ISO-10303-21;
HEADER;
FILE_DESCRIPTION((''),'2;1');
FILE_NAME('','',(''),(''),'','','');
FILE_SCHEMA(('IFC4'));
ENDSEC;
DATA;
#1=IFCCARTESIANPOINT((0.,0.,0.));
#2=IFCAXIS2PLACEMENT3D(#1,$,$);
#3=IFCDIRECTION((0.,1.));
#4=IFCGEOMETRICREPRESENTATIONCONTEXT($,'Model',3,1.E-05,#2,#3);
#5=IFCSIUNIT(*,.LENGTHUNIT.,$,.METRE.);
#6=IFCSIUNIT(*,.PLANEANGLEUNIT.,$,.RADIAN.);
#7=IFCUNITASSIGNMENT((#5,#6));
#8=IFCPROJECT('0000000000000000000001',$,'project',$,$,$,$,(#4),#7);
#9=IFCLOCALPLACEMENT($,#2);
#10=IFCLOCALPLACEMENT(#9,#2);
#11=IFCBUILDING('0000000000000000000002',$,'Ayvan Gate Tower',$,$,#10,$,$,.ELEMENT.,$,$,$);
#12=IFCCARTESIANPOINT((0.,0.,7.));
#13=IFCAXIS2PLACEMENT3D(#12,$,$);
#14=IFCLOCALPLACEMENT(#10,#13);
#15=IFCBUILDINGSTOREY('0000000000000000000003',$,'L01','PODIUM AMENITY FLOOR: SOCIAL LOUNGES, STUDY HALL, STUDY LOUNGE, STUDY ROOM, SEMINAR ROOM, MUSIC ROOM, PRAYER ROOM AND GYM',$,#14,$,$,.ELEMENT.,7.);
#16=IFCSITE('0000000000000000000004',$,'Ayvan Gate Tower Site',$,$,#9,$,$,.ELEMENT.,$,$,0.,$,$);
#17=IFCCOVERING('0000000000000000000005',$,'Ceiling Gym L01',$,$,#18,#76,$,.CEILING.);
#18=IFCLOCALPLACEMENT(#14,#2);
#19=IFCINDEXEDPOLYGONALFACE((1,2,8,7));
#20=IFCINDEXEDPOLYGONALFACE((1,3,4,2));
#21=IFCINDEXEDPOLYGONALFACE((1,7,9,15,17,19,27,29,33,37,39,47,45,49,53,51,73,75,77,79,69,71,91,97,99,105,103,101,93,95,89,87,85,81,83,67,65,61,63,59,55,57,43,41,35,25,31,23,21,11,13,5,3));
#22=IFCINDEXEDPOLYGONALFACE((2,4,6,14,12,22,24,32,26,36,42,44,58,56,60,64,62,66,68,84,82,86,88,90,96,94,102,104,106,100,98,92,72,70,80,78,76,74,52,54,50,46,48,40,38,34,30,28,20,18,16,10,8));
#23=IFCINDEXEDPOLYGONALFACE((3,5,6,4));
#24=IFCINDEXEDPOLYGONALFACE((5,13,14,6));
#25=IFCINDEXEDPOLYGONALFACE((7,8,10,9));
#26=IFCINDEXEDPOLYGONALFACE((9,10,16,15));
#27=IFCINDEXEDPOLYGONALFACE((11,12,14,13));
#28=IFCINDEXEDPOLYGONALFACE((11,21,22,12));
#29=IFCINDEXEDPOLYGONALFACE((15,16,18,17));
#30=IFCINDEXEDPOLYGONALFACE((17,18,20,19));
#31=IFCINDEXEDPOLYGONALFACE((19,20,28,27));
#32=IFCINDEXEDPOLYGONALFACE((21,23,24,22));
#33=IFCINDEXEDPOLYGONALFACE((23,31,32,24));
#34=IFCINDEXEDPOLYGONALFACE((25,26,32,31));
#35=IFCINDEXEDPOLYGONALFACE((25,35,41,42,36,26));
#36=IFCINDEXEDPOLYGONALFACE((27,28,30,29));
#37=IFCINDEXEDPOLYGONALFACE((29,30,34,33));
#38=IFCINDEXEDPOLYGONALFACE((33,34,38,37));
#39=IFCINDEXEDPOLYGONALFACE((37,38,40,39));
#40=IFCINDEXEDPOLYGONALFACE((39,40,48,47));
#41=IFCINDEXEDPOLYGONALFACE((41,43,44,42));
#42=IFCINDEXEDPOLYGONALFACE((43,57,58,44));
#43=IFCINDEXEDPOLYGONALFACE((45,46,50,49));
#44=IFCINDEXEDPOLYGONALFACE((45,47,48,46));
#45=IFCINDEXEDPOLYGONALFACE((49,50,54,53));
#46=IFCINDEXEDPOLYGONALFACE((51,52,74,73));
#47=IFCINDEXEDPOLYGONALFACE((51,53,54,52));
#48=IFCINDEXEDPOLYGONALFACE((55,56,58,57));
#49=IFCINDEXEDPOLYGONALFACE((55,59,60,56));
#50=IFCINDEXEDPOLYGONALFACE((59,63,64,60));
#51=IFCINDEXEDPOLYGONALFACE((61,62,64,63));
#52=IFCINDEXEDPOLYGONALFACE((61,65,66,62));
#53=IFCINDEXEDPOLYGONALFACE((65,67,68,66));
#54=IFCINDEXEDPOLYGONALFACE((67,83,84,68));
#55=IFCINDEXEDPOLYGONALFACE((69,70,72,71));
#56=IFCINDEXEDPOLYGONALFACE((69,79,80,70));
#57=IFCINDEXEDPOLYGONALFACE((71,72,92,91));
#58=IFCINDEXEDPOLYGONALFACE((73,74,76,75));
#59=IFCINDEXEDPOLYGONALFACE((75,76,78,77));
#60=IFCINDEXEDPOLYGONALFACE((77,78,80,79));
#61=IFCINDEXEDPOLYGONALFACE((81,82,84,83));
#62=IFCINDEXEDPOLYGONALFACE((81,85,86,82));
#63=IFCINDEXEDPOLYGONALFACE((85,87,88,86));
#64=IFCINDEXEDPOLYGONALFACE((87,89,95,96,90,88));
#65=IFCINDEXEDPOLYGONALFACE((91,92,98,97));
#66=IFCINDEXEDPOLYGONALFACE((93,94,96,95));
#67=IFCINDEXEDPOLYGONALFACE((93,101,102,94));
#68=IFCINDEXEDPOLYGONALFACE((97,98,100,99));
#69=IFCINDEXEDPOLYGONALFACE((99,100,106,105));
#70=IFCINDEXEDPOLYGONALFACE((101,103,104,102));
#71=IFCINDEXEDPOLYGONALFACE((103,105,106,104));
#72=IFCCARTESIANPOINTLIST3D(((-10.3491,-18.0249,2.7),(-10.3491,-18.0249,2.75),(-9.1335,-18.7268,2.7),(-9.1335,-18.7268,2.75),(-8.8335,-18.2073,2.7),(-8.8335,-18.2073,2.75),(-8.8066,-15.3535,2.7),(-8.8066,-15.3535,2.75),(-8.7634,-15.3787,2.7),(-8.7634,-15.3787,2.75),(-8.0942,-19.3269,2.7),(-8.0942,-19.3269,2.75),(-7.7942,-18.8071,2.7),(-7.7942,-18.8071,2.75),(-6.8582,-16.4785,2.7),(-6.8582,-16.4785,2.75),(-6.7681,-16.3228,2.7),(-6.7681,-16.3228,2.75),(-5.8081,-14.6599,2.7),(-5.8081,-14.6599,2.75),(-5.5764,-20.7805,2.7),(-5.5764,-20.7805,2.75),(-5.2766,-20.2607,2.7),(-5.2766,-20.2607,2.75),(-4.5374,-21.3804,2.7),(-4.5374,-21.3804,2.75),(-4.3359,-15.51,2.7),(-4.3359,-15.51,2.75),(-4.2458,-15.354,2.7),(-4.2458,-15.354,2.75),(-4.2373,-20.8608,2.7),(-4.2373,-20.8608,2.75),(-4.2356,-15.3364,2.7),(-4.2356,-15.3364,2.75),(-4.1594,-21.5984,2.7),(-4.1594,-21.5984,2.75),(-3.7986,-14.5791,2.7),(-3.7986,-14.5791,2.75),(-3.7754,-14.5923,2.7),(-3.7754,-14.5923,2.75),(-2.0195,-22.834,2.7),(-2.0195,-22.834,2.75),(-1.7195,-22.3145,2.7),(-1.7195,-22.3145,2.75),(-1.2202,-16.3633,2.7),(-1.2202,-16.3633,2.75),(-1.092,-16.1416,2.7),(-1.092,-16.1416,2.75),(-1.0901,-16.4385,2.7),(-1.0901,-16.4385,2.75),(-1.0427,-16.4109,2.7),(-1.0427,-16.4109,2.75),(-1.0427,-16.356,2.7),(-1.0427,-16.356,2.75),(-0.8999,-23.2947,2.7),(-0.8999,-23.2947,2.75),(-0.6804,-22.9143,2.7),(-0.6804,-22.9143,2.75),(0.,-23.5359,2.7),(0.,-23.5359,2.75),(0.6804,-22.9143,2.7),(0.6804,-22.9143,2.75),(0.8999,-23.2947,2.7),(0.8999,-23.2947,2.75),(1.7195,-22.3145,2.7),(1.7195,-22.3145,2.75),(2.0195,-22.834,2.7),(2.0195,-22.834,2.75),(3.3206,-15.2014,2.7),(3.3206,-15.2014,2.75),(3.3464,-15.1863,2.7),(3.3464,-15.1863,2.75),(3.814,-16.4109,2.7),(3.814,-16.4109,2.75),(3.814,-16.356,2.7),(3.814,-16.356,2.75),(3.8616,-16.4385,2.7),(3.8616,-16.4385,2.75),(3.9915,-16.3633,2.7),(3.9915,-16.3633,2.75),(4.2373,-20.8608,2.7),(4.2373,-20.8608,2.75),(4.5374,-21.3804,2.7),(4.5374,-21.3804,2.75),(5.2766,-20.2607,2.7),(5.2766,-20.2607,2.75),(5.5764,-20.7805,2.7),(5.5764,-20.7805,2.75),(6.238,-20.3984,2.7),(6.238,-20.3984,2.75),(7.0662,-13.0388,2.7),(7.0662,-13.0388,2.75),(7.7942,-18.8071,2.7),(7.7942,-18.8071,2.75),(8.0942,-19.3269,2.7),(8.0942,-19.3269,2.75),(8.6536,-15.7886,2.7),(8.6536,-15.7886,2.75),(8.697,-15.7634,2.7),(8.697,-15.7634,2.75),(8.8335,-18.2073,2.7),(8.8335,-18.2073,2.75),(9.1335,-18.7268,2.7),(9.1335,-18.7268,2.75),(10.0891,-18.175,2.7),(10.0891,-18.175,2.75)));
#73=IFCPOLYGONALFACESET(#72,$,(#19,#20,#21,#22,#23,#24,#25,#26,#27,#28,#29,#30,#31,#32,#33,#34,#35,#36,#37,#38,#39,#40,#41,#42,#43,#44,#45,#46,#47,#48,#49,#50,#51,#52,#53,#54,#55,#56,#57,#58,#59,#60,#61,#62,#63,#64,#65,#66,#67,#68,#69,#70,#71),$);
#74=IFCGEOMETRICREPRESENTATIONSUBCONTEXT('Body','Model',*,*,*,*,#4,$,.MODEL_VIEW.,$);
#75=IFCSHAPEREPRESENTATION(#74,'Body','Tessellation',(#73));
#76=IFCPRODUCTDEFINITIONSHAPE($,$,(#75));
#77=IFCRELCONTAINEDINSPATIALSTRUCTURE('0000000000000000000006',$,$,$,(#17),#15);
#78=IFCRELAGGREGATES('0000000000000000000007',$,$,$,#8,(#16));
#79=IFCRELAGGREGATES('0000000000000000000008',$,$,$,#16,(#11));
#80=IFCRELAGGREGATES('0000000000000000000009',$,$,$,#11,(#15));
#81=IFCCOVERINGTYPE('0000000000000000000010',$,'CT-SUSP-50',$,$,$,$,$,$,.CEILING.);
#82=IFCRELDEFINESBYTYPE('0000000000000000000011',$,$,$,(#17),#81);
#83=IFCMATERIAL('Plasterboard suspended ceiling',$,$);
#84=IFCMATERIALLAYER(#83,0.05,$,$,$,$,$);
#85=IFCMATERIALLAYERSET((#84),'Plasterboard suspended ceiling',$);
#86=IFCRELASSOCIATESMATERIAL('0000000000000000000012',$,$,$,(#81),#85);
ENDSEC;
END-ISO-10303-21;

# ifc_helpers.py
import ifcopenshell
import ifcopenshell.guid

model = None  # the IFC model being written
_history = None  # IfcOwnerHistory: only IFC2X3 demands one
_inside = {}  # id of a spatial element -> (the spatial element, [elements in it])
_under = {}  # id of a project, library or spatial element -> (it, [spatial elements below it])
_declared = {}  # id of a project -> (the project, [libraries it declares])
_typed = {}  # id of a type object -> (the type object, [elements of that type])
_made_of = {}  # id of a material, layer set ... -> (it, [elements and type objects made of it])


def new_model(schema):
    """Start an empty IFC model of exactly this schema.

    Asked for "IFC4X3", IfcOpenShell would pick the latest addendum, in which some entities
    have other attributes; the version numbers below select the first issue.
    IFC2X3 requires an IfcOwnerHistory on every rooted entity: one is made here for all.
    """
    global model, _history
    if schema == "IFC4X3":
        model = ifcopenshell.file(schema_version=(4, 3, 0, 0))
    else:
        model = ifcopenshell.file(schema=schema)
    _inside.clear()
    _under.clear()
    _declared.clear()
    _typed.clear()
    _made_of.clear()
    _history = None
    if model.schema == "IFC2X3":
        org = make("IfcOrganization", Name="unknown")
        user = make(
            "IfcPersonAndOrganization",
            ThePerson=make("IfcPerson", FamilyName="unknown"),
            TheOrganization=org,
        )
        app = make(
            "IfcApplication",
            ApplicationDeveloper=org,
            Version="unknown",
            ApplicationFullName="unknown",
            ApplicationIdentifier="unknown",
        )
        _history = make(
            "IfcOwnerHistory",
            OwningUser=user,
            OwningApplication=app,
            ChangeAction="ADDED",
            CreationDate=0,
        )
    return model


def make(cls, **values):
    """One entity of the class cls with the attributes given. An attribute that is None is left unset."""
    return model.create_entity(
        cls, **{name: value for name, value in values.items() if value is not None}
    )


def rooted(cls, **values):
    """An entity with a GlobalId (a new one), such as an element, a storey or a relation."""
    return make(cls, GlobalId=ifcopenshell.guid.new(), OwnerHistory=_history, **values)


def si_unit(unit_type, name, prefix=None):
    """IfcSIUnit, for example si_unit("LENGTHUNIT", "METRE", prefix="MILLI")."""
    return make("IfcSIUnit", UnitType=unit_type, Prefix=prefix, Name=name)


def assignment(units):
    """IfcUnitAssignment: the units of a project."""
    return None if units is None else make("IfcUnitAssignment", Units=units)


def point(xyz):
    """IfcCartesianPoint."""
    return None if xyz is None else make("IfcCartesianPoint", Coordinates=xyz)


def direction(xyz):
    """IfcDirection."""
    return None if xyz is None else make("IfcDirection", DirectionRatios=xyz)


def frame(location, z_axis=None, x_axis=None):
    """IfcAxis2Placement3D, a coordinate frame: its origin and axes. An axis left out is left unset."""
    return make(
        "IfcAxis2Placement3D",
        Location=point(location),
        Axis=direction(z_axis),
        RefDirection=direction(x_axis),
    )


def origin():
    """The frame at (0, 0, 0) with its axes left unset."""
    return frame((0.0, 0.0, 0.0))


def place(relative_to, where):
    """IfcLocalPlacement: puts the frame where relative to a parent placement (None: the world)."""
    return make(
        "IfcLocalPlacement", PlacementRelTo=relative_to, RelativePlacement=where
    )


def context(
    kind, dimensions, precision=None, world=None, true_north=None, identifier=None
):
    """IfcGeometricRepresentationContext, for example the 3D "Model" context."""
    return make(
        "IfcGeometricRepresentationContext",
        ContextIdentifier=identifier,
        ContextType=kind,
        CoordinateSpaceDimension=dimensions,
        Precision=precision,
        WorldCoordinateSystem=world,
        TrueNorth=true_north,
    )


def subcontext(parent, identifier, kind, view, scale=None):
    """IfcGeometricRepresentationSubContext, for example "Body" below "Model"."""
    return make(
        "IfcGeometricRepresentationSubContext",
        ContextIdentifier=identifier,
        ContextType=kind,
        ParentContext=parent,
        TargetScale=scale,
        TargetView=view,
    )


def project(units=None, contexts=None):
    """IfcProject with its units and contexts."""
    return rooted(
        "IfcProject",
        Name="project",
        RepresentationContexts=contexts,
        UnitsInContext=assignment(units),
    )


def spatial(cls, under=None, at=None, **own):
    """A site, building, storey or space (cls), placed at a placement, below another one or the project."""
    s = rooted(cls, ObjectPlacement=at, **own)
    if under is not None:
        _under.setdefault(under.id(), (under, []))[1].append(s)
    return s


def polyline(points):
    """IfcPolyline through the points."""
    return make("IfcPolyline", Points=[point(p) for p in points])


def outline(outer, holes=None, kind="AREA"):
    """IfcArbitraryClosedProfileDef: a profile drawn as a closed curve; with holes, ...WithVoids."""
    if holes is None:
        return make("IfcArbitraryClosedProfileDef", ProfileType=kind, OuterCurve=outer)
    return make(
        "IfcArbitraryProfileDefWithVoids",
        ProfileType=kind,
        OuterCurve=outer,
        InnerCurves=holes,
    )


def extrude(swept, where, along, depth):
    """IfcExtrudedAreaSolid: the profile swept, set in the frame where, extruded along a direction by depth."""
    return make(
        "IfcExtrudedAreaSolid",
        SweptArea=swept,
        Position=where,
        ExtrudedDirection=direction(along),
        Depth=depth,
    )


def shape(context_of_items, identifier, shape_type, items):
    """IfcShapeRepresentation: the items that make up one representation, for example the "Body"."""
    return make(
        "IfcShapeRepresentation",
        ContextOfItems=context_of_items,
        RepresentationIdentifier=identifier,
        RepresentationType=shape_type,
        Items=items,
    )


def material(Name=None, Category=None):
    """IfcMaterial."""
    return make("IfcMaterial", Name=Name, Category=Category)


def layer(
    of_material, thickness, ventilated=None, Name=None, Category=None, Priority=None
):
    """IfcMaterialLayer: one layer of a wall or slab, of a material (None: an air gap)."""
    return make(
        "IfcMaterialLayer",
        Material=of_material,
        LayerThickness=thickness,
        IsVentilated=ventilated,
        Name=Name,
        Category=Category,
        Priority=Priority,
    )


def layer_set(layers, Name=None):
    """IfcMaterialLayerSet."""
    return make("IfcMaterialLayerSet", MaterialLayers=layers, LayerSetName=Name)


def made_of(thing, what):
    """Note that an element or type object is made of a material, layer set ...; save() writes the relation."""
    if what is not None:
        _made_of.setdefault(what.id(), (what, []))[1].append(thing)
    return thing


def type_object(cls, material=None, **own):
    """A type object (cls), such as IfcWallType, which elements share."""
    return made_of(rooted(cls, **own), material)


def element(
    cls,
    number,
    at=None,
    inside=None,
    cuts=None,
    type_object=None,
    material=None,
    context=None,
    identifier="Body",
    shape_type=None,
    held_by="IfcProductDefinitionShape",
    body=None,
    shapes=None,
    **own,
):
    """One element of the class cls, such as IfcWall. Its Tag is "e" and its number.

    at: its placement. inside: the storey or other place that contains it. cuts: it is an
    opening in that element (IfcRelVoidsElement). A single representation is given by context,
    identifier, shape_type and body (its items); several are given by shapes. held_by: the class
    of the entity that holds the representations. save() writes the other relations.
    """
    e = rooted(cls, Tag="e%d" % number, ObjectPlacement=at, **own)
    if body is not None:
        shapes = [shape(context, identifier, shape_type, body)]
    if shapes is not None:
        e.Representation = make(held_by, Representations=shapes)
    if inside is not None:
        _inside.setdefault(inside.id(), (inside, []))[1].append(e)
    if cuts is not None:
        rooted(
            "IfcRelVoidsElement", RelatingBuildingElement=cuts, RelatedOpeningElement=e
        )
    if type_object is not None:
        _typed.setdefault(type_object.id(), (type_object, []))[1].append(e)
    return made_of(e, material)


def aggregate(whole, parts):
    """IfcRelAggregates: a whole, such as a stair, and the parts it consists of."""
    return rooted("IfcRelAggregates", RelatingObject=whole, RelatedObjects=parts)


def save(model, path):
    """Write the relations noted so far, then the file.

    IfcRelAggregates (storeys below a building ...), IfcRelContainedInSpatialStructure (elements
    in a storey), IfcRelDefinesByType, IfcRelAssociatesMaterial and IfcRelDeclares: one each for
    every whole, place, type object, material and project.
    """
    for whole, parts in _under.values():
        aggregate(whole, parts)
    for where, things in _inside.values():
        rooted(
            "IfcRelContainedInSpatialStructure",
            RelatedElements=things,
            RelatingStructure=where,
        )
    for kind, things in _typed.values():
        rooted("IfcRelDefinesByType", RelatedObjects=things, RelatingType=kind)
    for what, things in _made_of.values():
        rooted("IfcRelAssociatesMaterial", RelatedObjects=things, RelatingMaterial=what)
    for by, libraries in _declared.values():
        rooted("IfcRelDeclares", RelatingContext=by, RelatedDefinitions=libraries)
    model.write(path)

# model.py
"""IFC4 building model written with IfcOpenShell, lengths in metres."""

from ifc_helpers import new_model, si_unit, direction, frame, origin, place, context, subcontext, project, spatial, polyline, outline, extrude, material, layer, layer_set, type_object, element, save


model = new_model("IFC4")

# Units and contexts
model_context = context("Model", 3, precision=1e-05, world=origin(), true_north=direction((0.0, 1.0)))
body_context = subcontext(model_context, "Body", "Model", "MODEL_VIEW")
ifc_project = project(units=[si_unit("LENGTHUNIT", "METRE"), si_unit("PLANEANGLEUNIT", "RADIAN")], contexts=[model_context])

# Site, building, storey
site_placement = place(None, origin())
site = spatial("IfcSite", under=ifc_project, at=site_placement, Name="Ayvan Gate Tower Site", CompositionType="ELEMENT", RefElevation=0.0)
building_placement = place(site_placement, origin())
building = spatial("IfcBuilding", under=site, at=building_placement, Name="Ayvan Gate Tower", CompositionType="ELEMENT")
storey_placement = place(building_placement, frame((0.0, 0.0, 7.0)))
storey = spatial("IfcBuildingStorey", under=building, at=storey_placement, Name="L01", Description="PODIUM AMENITY FLOOR: SOCIAL LOUNGES, STUDY HALL, STUDY LOUNGE, STUDY ROOM, SEMINAR ROOM, MUSIC ROOM, PRAYER ROOM AND GYM", CompositionType="ELEMENT", Elevation=7.0)

# Covering
ifc_material_1 = material(Name="Plasterboard suspended ceiling")
ifc_layer_1 = layer(ifc_material_1, 0.05)
ifc_layer_set_1 = layer_set([ifc_layer_1], Name="Plasterboard suspended ceiling")
covering_type = type_object("IfcCoveringType", Name="CT-SUSP-50", PredefinedType="CEILING", material=ifc_layer_set_1)
covering_1_placement = place(storey_placement, frame((0.0, 0.0, 2.7)))
element("IfcCovering", 1, at=covering_1_placement, inside=storey, type_object=covering_type, Name="Ceiling Gym L01", PredefinedType="CEILING", context=body_context, shape_type="SweptSolid", body=[
    extrude(outline(polyline([(-6.8582, -16.4785), (-6.7681, -16.3228), (-5.8081, -14.6599), (-4.3359, -15.51), (-4.2458, -15.354), (-4.2356, -15.3364), (-3.7986, -14.5791), (-3.7754, -14.5923), (-1.092, -16.1416), (-1.2202, -16.3633), (-1.0901, -16.4385), (-1.0427, -16.356), (-1.0427, -16.4109), (3.814, -16.4109), (3.814, -16.356), (3.8616, -16.4385), (3.9915, -16.3633), (3.3206, -15.2014), (3.3464, -15.1863), (7.0662, -13.0388), (8.6536, -15.7886), (8.697, -15.7634), (10.0891, -18.175), (9.1335, -18.7268), (8.8335, -18.2073), (7.7942, -18.8071), (8.0942, -19.3269), (6.238, -20.3984), (5.5764, -20.7805), (5.2766, -20.2607), (4.2373, -20.8608), (4.5374, -21.3804), (2.0195, -22.834), (1.7195, -22.3145), (0.6804, -22.9143), (0.8999, -23.2947), (0.0, -23.5359), (-0.8999, -23.2947), (-0.6804, -22.9143), (-1.7195, -22.3145), (-2.0195, -22.834), (-4.1594, -21.5984), (-4.5374, -21.3804), (-4.2373, -20.8608), (-5.2766, -20.2607), (-5.5764, -20.7805), (-8.0942, -19.3269), (-7.7942, -18.8071), (-8.8335, -18.2073), (-9.1335, -18.7268), (-10.3491, -18.0249), (-8.8066, -15.3535), (-8.7634, -15.3787), (-6.8582, -16.4785)])), origin(), (0.0, 0.0, 1.0), 0.05),
])

save(model, "model.ifc")
